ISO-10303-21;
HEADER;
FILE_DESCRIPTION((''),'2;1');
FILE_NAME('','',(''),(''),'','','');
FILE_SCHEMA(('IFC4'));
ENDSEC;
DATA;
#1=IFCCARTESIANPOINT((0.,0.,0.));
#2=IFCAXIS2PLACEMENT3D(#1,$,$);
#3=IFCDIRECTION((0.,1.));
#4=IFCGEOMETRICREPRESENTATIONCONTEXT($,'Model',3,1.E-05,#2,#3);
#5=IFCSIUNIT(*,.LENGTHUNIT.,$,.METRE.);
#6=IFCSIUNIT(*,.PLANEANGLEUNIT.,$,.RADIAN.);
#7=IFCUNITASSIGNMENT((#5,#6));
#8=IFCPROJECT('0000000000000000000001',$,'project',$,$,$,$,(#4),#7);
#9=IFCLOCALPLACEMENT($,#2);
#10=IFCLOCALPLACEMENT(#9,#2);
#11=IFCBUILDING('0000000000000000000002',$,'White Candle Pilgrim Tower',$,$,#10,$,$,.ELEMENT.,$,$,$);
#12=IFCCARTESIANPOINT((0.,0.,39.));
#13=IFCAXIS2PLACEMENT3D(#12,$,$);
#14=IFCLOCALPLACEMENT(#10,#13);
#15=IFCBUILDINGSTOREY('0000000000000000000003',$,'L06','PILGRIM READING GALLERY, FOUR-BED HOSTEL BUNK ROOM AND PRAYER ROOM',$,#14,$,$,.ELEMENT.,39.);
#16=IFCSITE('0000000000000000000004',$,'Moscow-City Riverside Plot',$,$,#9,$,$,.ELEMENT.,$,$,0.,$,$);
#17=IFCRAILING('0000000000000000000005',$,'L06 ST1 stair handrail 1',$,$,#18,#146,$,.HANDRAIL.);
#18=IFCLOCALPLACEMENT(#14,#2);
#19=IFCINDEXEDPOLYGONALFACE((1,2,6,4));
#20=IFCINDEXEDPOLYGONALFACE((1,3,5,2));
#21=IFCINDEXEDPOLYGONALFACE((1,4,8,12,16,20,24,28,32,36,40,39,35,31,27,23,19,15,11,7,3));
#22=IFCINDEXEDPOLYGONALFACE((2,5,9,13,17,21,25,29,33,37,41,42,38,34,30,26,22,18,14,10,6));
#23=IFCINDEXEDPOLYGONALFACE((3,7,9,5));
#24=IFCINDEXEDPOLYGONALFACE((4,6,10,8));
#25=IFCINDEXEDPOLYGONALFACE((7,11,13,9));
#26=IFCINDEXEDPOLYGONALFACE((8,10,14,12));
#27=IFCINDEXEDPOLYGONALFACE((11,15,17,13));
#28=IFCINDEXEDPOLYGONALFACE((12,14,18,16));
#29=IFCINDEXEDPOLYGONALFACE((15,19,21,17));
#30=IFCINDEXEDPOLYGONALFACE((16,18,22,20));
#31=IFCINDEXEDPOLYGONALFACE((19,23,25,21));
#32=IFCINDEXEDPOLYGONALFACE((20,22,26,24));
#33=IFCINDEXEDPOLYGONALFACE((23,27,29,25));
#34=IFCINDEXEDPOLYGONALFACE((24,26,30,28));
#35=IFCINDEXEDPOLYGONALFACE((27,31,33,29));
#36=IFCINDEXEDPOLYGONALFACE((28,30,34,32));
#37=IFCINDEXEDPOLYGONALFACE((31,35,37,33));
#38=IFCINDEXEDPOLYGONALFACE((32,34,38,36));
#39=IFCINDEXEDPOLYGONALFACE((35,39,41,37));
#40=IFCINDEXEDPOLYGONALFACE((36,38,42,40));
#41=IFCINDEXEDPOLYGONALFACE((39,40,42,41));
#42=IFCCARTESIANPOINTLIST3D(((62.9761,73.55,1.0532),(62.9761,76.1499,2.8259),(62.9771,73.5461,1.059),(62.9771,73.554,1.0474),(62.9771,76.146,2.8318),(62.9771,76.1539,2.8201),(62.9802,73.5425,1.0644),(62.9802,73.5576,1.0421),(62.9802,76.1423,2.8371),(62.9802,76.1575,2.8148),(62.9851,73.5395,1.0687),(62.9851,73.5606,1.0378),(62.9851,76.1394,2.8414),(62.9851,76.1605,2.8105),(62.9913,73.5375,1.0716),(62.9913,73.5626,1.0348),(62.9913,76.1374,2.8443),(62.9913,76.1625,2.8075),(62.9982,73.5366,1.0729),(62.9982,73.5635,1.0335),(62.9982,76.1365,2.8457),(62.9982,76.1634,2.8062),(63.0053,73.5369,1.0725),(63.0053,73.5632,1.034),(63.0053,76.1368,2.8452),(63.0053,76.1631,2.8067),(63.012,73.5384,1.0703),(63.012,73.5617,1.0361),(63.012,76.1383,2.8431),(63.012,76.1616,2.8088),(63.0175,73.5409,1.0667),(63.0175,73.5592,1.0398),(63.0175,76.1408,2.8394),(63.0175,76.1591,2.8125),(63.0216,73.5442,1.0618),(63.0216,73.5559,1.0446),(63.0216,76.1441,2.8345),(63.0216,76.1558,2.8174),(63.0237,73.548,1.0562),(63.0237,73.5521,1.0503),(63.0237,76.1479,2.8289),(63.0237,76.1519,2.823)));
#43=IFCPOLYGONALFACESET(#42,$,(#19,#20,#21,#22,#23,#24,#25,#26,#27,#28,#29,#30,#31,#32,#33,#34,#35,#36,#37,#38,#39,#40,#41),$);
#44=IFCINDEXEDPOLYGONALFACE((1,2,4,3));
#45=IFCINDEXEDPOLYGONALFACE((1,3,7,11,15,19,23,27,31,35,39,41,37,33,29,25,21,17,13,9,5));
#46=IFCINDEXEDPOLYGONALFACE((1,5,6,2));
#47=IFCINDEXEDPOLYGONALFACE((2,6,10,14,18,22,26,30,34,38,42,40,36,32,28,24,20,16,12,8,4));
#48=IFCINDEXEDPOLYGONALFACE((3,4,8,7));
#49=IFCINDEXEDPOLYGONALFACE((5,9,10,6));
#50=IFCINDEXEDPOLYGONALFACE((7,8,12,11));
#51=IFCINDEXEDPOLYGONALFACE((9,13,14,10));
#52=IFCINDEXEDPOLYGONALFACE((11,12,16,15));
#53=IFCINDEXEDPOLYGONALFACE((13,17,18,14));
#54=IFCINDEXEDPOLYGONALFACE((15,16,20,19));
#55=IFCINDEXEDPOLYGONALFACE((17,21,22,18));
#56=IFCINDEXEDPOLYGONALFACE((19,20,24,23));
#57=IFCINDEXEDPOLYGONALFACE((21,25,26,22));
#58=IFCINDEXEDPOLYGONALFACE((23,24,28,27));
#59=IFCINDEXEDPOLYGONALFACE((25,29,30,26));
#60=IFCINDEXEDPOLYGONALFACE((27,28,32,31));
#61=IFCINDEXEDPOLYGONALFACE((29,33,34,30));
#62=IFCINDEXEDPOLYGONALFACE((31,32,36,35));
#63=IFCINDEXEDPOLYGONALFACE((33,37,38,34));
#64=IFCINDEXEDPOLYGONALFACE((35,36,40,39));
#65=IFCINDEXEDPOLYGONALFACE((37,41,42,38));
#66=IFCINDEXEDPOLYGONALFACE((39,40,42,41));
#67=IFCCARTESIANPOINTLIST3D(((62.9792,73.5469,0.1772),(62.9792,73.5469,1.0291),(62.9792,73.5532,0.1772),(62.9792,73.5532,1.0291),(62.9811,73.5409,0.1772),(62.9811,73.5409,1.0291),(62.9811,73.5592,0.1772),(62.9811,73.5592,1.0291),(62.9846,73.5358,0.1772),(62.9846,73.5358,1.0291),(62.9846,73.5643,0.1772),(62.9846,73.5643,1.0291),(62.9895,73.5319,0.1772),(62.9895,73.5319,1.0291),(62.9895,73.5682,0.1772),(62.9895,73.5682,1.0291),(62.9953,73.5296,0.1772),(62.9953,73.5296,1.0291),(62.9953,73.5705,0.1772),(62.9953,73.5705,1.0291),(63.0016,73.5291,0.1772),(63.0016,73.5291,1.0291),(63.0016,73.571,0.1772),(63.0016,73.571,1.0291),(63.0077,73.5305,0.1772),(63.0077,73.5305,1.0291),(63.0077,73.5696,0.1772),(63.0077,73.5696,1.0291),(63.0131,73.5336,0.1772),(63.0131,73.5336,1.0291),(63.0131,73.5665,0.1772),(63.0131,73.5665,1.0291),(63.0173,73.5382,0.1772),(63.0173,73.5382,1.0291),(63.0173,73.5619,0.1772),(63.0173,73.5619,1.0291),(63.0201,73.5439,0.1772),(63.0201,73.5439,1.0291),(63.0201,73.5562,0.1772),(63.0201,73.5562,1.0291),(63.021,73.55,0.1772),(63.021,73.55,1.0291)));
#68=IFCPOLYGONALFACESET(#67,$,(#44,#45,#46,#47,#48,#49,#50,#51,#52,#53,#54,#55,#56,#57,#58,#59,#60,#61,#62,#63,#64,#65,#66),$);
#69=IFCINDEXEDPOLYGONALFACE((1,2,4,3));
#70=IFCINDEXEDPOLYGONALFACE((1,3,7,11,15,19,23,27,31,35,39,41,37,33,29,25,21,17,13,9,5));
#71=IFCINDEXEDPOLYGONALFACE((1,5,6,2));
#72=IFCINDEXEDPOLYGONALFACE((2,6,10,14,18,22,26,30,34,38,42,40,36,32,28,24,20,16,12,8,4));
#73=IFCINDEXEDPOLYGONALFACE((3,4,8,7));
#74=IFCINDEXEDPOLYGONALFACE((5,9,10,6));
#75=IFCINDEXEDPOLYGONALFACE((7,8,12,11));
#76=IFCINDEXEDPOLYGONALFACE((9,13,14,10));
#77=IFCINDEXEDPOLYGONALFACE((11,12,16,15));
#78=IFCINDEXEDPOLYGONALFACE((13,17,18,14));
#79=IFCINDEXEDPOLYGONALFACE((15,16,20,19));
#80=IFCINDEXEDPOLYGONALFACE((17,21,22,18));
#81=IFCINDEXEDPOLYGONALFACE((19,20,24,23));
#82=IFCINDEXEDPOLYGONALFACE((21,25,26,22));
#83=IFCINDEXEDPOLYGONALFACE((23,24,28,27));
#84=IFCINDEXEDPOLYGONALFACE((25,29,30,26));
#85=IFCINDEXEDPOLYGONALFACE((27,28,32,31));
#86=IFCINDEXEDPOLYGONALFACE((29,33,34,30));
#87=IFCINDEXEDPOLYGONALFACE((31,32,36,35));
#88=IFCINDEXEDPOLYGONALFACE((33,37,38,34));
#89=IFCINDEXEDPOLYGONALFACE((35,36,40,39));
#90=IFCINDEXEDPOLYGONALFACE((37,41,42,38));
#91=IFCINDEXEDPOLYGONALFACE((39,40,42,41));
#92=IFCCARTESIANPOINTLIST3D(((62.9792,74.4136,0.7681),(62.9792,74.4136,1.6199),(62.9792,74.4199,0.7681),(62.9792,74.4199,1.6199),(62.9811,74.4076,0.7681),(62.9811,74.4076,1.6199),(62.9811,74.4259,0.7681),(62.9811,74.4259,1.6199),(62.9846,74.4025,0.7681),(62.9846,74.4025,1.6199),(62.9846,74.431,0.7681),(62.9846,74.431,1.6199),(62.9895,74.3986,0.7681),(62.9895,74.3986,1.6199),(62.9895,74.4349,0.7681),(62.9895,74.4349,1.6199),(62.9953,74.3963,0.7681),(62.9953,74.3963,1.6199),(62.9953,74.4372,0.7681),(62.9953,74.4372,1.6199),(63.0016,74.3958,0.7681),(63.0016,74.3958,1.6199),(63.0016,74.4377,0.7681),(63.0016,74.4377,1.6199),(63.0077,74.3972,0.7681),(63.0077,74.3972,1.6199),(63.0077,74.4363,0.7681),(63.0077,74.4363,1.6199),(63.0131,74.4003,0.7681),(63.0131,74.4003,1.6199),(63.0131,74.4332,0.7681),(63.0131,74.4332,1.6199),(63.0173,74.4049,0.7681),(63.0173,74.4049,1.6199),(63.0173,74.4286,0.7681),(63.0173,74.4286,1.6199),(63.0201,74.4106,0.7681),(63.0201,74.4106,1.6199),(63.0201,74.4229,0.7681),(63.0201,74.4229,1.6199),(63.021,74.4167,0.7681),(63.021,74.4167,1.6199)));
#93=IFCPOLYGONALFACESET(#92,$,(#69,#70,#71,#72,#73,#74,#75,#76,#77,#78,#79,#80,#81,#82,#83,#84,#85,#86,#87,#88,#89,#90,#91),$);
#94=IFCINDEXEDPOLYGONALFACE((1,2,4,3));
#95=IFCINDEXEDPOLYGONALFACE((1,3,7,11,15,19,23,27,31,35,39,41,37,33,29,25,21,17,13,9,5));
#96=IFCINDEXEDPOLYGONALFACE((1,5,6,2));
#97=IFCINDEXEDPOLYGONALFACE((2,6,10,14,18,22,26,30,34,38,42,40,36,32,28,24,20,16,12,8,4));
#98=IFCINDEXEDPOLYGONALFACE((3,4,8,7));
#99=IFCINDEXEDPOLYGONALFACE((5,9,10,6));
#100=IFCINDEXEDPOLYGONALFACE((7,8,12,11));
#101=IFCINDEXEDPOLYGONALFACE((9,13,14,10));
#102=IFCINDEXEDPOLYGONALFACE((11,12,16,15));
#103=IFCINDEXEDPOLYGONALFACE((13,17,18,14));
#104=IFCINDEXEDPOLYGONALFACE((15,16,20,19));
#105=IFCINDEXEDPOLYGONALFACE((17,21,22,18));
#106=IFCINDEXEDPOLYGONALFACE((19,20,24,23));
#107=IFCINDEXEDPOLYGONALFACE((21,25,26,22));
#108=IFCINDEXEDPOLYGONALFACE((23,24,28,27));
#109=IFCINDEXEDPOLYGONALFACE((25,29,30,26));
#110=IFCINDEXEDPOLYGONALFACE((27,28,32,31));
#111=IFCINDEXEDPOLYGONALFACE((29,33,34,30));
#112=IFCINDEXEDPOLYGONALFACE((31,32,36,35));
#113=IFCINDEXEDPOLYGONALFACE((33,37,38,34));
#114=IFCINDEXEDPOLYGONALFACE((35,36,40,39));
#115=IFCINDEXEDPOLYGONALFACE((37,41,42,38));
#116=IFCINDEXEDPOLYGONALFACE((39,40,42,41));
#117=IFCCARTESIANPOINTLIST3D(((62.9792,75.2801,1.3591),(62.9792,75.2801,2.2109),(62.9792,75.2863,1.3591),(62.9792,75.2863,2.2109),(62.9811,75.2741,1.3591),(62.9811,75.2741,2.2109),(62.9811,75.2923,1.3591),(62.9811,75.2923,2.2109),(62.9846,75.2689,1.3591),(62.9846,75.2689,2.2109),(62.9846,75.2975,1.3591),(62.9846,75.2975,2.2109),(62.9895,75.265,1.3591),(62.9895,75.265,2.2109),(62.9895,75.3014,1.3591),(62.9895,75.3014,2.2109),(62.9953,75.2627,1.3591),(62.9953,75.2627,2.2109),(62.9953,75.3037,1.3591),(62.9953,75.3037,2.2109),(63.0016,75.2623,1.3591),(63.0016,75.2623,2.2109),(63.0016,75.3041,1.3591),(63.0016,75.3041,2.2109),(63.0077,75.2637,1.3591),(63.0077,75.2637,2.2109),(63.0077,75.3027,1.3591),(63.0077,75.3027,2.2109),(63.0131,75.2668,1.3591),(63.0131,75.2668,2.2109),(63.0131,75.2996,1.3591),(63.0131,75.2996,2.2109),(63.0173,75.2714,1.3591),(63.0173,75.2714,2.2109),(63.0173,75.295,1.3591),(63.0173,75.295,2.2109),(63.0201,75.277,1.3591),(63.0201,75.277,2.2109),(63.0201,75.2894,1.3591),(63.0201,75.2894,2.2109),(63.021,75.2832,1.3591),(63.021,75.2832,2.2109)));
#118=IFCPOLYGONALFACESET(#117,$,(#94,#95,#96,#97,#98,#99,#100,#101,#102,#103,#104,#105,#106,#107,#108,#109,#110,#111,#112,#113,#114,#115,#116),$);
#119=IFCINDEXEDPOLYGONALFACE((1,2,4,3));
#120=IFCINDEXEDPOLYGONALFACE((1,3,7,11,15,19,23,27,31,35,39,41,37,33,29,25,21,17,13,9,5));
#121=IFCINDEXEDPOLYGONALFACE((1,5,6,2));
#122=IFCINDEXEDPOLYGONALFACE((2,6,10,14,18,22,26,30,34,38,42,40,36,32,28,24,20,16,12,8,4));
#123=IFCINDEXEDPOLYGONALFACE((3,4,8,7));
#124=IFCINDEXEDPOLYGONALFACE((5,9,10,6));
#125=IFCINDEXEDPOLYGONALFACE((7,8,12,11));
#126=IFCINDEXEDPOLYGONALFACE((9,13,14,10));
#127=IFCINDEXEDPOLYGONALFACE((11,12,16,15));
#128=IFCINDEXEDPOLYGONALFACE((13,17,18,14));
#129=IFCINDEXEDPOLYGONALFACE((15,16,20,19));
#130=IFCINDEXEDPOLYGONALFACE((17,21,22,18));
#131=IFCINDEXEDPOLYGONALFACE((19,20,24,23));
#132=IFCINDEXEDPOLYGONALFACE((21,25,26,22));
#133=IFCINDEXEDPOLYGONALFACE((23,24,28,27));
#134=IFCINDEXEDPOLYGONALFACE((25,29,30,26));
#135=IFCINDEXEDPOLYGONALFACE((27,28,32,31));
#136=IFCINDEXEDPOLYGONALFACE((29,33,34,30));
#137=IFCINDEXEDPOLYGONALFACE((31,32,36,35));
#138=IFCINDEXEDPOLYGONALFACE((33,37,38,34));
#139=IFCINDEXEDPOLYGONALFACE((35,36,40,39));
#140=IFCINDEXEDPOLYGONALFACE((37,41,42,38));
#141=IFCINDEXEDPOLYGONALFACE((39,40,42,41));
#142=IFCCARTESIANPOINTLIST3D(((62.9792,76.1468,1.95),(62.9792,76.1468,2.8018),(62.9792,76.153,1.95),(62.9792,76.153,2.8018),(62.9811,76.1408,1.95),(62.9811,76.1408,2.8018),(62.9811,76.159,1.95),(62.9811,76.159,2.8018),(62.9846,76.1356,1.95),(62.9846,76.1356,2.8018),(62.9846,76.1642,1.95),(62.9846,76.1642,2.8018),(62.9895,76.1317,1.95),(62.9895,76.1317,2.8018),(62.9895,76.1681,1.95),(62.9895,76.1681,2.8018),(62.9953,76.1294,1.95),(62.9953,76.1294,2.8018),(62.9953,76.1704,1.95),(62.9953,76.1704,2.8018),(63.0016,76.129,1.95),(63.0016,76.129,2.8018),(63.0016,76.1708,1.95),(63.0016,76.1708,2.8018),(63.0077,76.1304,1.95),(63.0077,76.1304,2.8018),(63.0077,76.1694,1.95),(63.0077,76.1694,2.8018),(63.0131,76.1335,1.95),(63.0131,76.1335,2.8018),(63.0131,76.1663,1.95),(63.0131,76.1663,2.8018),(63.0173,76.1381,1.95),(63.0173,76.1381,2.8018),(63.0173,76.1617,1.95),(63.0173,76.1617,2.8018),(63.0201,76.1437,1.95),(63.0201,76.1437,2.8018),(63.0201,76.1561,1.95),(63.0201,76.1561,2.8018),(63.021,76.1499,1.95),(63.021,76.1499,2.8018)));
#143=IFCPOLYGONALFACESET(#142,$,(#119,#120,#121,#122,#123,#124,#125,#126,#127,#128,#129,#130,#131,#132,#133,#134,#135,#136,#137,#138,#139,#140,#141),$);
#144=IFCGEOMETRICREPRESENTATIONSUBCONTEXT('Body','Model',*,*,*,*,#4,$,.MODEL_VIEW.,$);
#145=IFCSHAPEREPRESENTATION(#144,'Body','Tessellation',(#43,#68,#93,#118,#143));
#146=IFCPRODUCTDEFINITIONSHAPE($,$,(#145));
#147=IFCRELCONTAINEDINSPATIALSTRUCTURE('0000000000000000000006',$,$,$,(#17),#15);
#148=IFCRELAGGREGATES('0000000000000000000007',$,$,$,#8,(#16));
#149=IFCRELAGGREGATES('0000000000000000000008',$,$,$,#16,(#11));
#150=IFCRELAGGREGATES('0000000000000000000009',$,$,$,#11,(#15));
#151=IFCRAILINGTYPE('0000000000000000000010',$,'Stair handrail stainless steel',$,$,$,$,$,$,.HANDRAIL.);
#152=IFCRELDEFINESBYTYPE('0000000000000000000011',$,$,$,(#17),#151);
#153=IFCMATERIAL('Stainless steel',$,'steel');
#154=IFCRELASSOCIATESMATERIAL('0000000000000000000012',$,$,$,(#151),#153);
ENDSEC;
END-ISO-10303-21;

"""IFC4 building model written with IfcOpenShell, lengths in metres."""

from ifc_helpers import new_model, si_unit, direction, frame, origin, origin_2d, place, context, subcontext, project, spatial, circle, extrude, material, type_object, element, save


model = new_model("IFC4")

# Units and contexts
model_context = context("Model", 3, precision=1e-05, world=origin(), true_north=direction((0.0, 1.0)))
body_context = subcontext(model_context, "Body", "Model", "MODEL_VIEW")
ifc_project = project(units=[si_unit("LENGTHUNIT", "METRE"), si_unit("PLANEANGLEUNIT", "RADIAN")], contexts=[model_context])

# Site, building, storey
site_placement = place(None, origin())
site = spatial("IfcSite", under=ifc_project, at=site_placement, Name="Moscow-City Riverside Plot", CompositionType="ELEMENT", RefElevation=0.0)
building_placement = place(site_placement, origin())
building = spatial("IfcBuilding", under=site, at=building_placement, Name="White Candle Pilgrim Tower", CompositionType="ELEMENT")
storey_placement = place(building_placement, frame((0.0, 0.0, 39.0)))
storey = spatial("IfcBuildingStorey", under=building, at=storey_placement, Name="L06", Description="PILGRIM READING GALLERY, FOUR-BED HOSTEL BUNK ROOM AND PRAYER ROOM", CompositionType="ELEMENT", Elevation=39.0)

# Shared definitions
ifc_material_1 = material(Name="Stainless steel", Category="steel")

# Railing
railing_type_1 = type_object("IfcRailingType", Name="Stair handrail stainless steel", PredefinedType="HANDRAIL", material=ifc_material_1)
railing_1_placement = place(storey_placement, frame((63.0, 73.55, 0.1772)))
element("IfcRailing", 1, at=railing_1_placement, inside=storey, type_object=railing_type_1, Name="L06 ST1 stair handrail 1", PredefinedType="HANDRAIL", context=body_context, shape_type="SweptSolid", body=[
    extrude(circle(Radius=0.0239, at=origin_2d()), frame((0.0, 0.0, 0.876), z_axis=(0.0, 0.826216, 0.563354), x_axis=(-1.0, 0.0, 0.0)), (0.0, 0.0, 1.0), 3.1467),
    extrude(circle(Radius=0.021, at=origin_2d()), origin(), (0.0, 0.0, 1.0), 0.8518),
    extrude(circle(Radius=0.021, at=origin_2d()), frame((0.0, 0.8667, 0.5908)), (0.0, 0.0, 1.0), 0.8518),
    extrude(circle(Radius=0.021, at=origin_2d()), frame((0.0, 1.7332, 1.1819)), (0.0, 0.0, 1.0), 0.8518),
    extrude(circle(Radius=0.021, at=origin_2d()), frame((0.0, 2.5999, 1.7727)), (0.0, 0.0, 1.0), 0.8518),
])

save(model, "model.ifc")
